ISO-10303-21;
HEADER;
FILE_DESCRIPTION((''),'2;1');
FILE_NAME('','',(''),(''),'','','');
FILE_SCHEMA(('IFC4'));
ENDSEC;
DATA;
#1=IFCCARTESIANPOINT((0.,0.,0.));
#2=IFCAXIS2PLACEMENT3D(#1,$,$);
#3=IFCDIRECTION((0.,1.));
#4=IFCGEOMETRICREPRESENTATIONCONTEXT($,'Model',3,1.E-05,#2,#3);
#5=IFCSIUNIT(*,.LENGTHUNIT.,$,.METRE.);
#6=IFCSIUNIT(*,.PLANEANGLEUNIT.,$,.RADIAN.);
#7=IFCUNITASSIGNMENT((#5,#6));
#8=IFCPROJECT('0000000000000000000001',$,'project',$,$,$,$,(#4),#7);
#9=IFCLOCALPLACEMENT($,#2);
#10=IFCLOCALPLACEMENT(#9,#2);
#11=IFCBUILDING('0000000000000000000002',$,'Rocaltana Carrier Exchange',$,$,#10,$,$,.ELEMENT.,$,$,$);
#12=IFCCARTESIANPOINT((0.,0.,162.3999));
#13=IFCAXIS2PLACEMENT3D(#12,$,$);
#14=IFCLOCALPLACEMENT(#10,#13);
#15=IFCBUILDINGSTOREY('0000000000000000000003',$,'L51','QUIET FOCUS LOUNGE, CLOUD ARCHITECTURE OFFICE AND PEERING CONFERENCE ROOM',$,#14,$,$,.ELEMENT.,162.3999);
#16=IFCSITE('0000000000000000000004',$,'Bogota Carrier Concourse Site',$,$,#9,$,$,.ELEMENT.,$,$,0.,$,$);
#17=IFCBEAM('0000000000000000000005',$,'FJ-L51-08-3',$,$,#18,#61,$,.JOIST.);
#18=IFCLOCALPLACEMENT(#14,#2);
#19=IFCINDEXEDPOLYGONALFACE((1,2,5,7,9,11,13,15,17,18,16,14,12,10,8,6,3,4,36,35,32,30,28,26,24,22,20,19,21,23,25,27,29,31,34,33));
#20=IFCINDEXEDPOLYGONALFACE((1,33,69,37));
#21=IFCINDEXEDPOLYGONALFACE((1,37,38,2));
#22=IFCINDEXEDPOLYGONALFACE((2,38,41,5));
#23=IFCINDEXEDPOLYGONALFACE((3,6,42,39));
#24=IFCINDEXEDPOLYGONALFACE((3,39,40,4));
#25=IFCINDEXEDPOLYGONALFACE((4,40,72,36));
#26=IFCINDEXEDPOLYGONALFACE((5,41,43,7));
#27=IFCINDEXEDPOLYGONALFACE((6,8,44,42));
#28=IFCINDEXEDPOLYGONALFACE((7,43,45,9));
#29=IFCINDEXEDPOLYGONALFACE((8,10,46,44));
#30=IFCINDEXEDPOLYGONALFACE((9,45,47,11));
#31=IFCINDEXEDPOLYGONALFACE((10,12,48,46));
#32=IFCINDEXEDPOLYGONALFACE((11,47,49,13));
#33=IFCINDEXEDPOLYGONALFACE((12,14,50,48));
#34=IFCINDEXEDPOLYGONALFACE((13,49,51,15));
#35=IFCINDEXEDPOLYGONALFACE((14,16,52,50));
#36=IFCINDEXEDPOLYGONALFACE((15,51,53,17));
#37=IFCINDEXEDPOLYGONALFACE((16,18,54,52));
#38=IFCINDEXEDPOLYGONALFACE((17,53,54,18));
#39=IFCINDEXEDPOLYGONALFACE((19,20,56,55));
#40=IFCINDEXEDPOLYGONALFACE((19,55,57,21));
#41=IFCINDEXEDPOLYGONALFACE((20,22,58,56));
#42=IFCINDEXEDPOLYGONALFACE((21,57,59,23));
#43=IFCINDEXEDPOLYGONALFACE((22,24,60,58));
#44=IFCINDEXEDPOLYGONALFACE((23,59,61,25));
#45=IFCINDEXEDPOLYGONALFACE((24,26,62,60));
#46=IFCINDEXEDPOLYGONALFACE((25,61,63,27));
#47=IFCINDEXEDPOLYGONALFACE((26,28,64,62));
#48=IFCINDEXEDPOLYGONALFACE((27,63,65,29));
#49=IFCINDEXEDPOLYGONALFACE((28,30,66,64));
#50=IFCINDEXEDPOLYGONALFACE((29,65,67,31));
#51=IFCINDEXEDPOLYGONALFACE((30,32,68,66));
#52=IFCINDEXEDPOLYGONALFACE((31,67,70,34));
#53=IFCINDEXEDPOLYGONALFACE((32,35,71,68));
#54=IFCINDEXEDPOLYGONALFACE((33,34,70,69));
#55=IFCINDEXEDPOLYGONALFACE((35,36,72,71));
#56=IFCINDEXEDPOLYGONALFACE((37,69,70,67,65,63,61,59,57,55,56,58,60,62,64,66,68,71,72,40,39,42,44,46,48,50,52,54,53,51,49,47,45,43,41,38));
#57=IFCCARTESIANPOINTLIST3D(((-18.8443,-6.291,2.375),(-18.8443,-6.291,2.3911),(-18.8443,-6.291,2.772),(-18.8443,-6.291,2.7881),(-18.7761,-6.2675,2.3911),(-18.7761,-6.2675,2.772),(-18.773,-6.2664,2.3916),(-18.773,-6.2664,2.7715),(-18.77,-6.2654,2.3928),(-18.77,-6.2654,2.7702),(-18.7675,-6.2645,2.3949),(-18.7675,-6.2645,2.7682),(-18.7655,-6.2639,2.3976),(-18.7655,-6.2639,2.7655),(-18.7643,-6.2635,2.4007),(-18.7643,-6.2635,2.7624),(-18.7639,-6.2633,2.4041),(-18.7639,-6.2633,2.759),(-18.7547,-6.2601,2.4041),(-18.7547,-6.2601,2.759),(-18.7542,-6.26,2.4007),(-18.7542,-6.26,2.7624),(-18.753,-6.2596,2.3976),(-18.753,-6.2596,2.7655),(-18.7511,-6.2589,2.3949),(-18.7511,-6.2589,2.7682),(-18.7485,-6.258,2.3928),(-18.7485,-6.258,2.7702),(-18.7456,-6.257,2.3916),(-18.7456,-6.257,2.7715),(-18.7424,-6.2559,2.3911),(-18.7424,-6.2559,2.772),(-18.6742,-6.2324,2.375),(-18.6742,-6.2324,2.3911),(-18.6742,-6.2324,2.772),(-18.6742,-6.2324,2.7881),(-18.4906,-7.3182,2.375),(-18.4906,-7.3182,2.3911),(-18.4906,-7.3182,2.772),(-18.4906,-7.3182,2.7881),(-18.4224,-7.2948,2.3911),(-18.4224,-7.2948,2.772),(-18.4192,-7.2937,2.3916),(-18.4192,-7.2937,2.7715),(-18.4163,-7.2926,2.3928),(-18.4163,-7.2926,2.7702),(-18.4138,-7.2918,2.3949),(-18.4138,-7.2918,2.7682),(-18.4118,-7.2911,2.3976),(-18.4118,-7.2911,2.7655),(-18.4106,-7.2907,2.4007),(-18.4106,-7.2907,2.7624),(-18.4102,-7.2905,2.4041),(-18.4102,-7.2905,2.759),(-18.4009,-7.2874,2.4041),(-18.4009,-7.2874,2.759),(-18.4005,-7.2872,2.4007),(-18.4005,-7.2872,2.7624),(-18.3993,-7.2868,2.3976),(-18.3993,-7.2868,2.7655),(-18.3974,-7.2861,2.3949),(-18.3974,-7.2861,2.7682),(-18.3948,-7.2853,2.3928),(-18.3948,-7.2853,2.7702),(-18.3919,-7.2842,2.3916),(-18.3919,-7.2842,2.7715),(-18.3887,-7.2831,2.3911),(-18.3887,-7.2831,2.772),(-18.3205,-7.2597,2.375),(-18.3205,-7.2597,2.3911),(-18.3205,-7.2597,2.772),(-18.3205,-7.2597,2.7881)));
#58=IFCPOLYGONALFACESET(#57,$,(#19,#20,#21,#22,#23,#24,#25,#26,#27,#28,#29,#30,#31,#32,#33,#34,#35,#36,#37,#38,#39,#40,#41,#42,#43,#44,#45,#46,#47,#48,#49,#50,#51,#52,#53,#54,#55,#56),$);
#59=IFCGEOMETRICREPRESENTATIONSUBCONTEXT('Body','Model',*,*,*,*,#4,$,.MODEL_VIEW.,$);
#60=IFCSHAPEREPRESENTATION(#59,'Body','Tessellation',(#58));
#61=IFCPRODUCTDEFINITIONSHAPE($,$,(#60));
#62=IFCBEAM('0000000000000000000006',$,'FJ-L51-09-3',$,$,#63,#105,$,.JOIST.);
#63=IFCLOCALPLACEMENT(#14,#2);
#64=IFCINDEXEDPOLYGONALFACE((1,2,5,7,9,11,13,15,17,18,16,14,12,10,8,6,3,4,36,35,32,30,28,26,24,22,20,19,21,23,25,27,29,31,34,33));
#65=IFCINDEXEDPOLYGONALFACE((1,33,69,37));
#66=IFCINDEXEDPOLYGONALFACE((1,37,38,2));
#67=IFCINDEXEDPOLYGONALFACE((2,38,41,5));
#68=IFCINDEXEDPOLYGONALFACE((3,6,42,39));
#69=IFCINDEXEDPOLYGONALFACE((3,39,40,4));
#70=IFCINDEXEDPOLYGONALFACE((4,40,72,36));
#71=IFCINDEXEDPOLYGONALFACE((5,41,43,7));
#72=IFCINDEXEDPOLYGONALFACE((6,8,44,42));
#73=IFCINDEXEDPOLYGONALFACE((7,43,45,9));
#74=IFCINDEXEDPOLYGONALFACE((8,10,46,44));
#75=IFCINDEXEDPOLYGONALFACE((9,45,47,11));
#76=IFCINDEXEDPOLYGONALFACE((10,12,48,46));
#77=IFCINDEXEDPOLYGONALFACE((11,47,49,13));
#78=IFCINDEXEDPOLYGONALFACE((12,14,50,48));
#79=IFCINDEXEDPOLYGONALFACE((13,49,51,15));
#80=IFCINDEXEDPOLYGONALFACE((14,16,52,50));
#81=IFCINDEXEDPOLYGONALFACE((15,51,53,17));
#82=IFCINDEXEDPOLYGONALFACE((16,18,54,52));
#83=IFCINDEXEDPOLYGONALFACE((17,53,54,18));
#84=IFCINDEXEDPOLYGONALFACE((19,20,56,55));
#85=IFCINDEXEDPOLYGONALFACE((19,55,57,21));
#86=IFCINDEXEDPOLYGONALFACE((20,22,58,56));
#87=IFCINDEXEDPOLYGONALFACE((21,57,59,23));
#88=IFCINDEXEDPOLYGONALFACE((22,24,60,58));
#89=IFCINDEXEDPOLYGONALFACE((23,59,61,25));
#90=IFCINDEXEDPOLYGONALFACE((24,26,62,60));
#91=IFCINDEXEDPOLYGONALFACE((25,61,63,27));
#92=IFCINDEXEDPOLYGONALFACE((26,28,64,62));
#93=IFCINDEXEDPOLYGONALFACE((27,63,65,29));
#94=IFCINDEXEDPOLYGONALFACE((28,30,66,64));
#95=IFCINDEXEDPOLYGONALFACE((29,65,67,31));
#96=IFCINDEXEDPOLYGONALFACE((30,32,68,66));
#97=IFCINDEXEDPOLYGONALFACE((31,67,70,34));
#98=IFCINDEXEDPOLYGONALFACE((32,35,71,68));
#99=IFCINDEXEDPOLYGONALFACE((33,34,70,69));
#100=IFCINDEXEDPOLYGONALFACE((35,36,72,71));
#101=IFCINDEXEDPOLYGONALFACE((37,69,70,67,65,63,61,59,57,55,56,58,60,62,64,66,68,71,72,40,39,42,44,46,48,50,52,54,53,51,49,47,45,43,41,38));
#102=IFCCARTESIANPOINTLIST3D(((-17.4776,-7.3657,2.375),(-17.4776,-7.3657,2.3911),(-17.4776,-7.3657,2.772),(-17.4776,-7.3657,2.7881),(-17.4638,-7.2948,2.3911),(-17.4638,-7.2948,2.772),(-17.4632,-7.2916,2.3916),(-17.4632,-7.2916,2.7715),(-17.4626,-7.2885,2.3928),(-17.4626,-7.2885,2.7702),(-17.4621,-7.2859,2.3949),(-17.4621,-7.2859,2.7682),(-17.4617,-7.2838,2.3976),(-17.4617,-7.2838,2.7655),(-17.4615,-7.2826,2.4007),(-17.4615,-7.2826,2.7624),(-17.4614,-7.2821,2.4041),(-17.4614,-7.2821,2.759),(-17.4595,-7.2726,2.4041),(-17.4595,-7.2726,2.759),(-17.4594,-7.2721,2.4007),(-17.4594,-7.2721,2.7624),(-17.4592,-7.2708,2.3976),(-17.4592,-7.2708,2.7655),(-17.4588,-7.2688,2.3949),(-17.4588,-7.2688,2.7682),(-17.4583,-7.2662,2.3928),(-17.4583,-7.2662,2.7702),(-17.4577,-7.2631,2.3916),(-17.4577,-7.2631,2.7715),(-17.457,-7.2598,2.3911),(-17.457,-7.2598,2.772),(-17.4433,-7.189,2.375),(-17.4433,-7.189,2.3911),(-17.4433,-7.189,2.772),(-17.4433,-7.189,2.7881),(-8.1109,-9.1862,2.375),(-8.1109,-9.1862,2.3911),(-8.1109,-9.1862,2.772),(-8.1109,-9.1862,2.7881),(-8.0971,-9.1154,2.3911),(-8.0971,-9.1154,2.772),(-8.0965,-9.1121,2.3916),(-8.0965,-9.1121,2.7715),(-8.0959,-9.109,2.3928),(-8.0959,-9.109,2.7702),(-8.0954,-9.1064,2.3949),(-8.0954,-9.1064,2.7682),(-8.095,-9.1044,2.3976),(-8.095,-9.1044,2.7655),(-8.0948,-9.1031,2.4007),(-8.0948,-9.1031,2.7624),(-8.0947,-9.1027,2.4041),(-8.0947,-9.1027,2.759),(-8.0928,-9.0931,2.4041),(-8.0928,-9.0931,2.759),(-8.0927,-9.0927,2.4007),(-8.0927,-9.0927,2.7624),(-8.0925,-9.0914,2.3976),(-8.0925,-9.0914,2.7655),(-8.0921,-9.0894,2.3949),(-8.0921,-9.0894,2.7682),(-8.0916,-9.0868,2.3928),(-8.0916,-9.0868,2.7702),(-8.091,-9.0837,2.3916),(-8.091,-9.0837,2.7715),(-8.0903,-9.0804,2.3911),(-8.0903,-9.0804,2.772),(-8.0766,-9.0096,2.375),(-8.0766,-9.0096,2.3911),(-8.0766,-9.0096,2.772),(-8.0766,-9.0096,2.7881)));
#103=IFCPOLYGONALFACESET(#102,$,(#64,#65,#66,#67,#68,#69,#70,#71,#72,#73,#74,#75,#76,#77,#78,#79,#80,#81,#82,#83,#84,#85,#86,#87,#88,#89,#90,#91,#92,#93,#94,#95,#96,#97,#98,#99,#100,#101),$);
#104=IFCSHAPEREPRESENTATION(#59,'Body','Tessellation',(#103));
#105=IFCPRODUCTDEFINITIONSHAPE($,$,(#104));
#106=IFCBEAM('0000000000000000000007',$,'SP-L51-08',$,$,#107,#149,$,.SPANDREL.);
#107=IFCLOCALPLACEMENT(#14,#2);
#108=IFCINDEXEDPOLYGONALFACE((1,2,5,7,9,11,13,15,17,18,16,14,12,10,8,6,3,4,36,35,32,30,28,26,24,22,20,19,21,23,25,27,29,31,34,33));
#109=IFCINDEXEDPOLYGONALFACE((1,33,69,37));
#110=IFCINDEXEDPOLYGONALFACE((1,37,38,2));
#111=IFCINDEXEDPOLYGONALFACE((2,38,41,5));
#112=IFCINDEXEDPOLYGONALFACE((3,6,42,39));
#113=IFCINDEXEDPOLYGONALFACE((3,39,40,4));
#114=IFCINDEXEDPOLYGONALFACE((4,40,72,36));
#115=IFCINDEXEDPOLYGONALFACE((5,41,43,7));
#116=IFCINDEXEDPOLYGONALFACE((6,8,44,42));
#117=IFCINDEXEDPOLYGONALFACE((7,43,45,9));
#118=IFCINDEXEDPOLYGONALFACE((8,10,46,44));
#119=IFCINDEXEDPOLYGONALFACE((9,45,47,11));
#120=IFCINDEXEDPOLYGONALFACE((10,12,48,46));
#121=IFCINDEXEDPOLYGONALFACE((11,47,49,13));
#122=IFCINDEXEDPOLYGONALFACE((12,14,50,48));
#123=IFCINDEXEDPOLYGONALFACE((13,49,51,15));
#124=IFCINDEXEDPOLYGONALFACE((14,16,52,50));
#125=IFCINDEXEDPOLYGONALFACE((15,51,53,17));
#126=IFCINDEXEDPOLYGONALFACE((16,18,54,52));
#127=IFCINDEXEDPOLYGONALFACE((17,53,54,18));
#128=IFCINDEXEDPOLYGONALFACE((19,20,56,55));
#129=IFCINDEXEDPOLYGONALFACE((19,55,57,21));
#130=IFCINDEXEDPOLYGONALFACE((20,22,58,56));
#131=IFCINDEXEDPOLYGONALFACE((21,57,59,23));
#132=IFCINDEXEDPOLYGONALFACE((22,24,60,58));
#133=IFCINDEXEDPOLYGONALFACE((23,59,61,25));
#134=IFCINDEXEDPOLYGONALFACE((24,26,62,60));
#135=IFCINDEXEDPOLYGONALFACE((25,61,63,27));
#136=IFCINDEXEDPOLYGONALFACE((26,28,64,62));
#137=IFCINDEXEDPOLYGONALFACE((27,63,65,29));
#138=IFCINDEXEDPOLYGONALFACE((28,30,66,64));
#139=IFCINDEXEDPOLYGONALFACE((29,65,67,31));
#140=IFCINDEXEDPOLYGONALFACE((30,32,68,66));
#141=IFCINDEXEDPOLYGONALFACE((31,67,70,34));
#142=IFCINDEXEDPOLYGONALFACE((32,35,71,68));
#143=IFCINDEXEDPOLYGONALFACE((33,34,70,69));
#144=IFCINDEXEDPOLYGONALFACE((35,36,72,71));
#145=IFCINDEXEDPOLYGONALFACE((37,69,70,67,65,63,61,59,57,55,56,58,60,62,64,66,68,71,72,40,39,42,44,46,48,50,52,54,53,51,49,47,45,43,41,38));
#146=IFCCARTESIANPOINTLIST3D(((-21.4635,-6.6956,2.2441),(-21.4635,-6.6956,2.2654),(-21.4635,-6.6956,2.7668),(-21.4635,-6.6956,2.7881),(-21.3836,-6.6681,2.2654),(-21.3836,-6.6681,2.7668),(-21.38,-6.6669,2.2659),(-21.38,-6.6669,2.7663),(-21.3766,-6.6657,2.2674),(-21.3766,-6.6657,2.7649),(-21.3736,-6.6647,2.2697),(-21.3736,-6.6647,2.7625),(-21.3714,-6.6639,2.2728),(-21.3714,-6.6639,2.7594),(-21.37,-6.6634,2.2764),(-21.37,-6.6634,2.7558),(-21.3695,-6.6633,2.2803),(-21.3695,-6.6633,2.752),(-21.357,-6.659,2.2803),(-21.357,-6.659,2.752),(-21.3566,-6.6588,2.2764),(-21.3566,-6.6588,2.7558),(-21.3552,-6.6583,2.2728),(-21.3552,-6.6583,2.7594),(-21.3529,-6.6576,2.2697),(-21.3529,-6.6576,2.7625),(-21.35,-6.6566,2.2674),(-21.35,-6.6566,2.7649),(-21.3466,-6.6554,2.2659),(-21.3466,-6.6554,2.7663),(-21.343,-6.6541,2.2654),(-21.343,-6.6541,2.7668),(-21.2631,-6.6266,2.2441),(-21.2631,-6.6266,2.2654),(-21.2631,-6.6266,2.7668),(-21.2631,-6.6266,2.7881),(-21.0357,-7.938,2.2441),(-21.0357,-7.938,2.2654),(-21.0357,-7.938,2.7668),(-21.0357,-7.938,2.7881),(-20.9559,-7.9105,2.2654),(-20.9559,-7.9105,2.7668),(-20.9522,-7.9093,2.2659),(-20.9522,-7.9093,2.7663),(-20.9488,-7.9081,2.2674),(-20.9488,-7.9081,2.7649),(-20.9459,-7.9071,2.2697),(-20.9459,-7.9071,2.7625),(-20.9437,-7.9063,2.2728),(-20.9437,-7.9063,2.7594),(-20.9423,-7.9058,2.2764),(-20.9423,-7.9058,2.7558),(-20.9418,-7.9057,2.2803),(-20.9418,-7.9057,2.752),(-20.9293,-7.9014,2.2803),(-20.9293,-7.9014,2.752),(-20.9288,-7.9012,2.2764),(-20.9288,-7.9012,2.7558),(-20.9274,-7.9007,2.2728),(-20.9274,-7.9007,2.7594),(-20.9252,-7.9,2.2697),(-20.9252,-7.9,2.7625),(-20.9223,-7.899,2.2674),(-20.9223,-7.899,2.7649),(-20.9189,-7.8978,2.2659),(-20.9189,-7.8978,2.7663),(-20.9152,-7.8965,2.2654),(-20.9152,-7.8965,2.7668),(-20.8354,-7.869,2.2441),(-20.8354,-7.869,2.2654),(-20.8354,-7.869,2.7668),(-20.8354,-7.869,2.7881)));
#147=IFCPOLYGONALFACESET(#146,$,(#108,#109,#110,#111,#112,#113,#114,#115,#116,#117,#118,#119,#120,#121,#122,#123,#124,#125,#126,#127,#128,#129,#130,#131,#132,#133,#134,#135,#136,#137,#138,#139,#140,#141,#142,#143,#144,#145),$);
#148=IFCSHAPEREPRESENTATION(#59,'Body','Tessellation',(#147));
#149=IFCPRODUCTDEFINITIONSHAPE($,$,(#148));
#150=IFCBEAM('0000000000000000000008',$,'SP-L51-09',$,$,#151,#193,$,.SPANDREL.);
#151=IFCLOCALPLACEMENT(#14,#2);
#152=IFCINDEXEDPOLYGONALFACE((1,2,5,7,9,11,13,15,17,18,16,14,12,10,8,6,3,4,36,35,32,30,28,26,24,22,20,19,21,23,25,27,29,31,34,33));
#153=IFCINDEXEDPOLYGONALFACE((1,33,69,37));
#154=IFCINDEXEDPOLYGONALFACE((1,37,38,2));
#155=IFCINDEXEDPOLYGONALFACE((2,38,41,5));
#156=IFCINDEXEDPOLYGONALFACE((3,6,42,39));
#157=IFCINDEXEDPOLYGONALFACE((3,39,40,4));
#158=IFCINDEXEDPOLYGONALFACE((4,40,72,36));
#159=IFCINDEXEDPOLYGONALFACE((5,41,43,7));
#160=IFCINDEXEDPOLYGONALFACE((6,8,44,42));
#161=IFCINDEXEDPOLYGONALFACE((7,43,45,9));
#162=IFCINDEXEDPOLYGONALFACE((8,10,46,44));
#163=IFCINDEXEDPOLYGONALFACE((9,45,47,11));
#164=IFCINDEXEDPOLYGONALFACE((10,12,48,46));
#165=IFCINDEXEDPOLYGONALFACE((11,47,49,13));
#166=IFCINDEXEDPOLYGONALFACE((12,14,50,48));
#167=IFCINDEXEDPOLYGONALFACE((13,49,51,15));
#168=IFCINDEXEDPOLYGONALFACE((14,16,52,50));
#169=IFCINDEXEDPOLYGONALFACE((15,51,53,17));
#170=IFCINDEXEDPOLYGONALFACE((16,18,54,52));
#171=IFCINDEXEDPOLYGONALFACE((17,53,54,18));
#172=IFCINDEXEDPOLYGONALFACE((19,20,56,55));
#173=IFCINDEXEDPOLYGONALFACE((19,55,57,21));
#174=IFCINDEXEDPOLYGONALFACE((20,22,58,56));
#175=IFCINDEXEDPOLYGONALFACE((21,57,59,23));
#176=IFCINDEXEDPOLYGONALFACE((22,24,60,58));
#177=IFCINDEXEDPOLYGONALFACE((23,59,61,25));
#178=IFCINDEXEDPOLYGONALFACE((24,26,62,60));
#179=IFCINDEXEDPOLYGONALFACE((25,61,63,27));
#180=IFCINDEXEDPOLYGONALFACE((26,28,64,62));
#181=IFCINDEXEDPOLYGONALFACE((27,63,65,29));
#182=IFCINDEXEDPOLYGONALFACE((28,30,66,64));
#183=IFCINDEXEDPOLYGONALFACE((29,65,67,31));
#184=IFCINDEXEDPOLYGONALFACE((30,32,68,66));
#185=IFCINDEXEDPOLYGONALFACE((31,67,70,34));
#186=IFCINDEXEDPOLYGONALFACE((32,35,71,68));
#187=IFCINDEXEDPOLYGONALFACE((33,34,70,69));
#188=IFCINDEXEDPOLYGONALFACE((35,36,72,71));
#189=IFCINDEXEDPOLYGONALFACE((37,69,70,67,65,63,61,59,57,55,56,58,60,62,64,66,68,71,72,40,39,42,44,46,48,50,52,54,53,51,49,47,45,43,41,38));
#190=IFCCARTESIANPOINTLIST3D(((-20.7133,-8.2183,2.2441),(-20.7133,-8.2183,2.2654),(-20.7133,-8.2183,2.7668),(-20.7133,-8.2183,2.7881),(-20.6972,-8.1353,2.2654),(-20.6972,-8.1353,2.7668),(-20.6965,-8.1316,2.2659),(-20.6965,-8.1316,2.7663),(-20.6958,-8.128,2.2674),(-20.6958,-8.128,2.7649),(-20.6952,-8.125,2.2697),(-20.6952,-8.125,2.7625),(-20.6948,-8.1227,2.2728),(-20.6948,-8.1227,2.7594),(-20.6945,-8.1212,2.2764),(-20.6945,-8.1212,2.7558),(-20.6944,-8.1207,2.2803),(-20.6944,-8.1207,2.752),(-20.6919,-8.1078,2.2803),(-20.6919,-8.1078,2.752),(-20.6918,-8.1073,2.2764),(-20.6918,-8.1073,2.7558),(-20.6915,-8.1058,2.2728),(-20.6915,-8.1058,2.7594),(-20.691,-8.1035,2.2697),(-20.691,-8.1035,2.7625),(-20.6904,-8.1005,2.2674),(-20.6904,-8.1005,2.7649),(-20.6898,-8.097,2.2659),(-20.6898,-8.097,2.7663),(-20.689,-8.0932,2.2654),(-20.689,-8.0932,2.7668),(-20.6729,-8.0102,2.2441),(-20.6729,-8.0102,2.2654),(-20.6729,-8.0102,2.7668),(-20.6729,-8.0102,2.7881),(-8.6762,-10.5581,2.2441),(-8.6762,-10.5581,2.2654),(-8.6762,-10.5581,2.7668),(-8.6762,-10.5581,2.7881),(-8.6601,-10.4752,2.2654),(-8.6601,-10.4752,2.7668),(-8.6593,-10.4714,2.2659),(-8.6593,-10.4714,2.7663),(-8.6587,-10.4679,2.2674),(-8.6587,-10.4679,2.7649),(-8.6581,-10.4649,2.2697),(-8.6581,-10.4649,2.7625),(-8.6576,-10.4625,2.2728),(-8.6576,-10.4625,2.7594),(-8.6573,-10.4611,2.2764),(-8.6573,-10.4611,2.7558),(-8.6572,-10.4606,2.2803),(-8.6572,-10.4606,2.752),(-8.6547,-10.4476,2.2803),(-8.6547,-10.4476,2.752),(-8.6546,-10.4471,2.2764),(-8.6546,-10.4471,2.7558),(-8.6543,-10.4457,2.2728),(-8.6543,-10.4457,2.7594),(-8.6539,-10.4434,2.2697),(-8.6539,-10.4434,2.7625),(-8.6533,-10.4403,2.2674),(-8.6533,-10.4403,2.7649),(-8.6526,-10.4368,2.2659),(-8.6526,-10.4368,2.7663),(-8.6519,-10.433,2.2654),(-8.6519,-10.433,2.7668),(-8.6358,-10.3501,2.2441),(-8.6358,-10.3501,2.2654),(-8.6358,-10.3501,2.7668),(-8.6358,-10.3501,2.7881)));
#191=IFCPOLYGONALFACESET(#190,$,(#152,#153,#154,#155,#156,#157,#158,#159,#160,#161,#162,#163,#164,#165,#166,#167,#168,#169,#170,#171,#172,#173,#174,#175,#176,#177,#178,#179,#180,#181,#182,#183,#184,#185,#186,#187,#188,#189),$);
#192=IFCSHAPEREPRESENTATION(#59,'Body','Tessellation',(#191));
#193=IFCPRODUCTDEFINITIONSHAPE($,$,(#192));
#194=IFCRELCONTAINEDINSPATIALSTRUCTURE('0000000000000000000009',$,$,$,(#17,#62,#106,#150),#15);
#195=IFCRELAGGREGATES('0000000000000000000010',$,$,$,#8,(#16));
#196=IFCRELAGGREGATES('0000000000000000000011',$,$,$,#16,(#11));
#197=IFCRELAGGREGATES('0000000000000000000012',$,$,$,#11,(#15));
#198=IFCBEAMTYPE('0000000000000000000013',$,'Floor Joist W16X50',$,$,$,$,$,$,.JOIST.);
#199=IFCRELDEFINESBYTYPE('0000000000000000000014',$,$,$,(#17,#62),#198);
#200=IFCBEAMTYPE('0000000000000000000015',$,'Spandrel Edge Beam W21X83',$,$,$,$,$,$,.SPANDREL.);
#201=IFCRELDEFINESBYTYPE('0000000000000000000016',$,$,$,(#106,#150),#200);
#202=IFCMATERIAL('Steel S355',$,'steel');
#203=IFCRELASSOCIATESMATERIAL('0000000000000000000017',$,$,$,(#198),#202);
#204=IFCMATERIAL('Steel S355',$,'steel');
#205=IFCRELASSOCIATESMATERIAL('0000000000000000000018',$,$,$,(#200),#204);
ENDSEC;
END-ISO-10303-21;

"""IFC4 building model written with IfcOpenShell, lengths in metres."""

from ifc_helpers import new_model, si_unit, direction, frame, origin, origin_2d, place, context, subcontext, project, spatial, i_section, extrude, material, material_profile, profile_set, type_object, element, save


model = new_model("IFC4")

# Units and contexts
model_context = context("Model", 3, precision=1e-05, world=origin(), true_north=direction((0.0, 1.0)))
body_context = subcontext(model_context, "Body", "Model", "MODEL_VIEW")
ifc_project = project(units=[si_unit("LENGTHUNIT", "METRE"), si_unit("PLANEANGLEUNIT", "RADIAN")], contexts=[model_context])

# Site, building, storey
site_placement = place(None, origin())
site = spatial("IfcSite", under=ifc_project, at=site_placement, Name="Bogota Carrier Concourse Site", CompositionType="ELEMENT", RefElevation=0.0)
building_placement = place(site_placement, origin())
building = spatial("IfcBuilding", under=site, at=building_placement, Name="Rocaltana Carrier Exchange", CompositionType="ELEMENT")
storey_placement = place(building_placement, frame((0.0, 0.0, 162.3999)))
storey = spatial("IfcBuildingStorey", under=building, at=storey_placement, Name="L51", Description="QUIET FOCUS LOUNGE, CLOUD ARCHITECTURE OFFICE AND PEERING CONFERENCE ROOM", CompositionType="ELEMENT", Elevation=162.3999)

# Beams
ifc_material_1 = material(Name="Steel S355", Category="steel")
ifc_material_profile_1 = material_profile(ifc_material_1, i_section(OverallWidth=0.1799, OverallDepth=0.4131, WebThickness=0.0098, FlangeThickness=0.0161, FilletRadius=0.0129, at=origin_2d()), Name="W16X50")
ifc_profile_set_1 = profile_set([ifc_material_profile_1], Name="Steel S355")
beam_type_1 = type_object("IfcBeamType", Name="Floor Joist W16X50", PredefinedType="JOIST", material=ifc_profile_set_1)
beam_1_placement = place(storey_placement, frame((-18.7593, -6.2617, 2.5815), z_axis=(0.325582, -0.945514, 0.0), x_axis=(0.945514, 0.325582, 0.0)))
element("IfcBeam", 1, at=beam_1_placement, inside=storey, type_object=beam_type_1, Name="FJ-L51-08-3", PredefinedType="JOIST", context=body_context, shape_type="SweptSolid", body=[
    extrude(i_section(OverallWidth=0.1799, OverallDepth=0.4131, WebThickness=0.0098, FlangeThickness=0.0161, FilletRadius=0.0129, at=origin_2d()), origin(), (0.0, 0.0, 1.0), 1.0864),
])
beam_2_placement = place(storey_placement, frame((-17.4604, -7.2773, 2.5815), z_axis=(0.98163, -0.190794, 0.0), x_axis=(0.190794, 0.98163, 0.0)))
element("IfcBeam", 2, at=beam_2_placement, inside=storey, type_object=beam_type_1, Name="FJ-L51-09-3", PredefinedType="JOIST", context=body_context, shape_type="SweptSolid", body=[
    extrude(i_section(OverallWidth=0.1799, OverallDepth=0.4131, WebThickness=0.0098, FlangeThickness=0.0161, FilletRadius=0.0129, at=origin_2d()), origin(), (0.0, 0.0, 1.0), 9.542),
])
ifc_material_2 = material(Name="Steel S355", Category="steel")
ifc_material_profile_2 = material_profile(ifc_material_2, i_section(OverallWidth=0.2119, OverallDepth=0.5439, WebThickness=0.0132, FlangeThickness=0.0212, FilletRadius=0.0149, at=origin_2d()), Name="W21X83")
ifc_profile_set_2 = profile_set([ifc_material_profile_2], Name="Steel S355")
beam_type_2 = type_object("IfcBeamType", Name="Spandrel Edge Beam W21X83", PredefinedType="SPANDREL", material=ifc_profile_set_2)
beam_3_placement = place(storey_placement, frame((-21.3633, -6.6611, 2.5161), z_axis=(0.325521, -0.945535, 0.0), x_axis=(0.945535, 0.325521, 0.0)))
element("IfcBeam", 3, at=beam_3_placement, inside=storey, type_object=beam_type_2, Name="SP-L51-08", PredefinedType="SPANDREL", context=body_context, shape_type="SweptSolid", body=[
    extrude(i_section(OverallWidth=0.2119, OverallDepth=0.5439, WebThickness=0.0132, FlangeThickness=0.0212, FilletRadius=0.0149, at=origin_2d()), origin(), (0.0, 0.0, 1.0), 1.314),
])
beam_4_placement = place(storey_placement, frame((-20.6931, -8.1143, 2.5161), z_axis=(0.981626, -0.190814, 0.0), x_axis=(0.190814, 0.981626, 0.0)))
element("IfcBeam", 4, at=beam_4_placement, inside=storey, type_object=beam_type_2, Name="SP-L51-09", PredefinedType="SPANDREL", context=body_context, shape_type="SweptSolid", body=[
    extrude(i_section(OverallWidth=0.2119, OverallDepth=0.5439, WebThickness=0.0132, FlangeThickness=0.0212, FilletRadius=0.0149, at=origin_2d()), origin(), (0.0, 0.0, 1.0), 12.2625),
])

save(model, "model.ifc")
